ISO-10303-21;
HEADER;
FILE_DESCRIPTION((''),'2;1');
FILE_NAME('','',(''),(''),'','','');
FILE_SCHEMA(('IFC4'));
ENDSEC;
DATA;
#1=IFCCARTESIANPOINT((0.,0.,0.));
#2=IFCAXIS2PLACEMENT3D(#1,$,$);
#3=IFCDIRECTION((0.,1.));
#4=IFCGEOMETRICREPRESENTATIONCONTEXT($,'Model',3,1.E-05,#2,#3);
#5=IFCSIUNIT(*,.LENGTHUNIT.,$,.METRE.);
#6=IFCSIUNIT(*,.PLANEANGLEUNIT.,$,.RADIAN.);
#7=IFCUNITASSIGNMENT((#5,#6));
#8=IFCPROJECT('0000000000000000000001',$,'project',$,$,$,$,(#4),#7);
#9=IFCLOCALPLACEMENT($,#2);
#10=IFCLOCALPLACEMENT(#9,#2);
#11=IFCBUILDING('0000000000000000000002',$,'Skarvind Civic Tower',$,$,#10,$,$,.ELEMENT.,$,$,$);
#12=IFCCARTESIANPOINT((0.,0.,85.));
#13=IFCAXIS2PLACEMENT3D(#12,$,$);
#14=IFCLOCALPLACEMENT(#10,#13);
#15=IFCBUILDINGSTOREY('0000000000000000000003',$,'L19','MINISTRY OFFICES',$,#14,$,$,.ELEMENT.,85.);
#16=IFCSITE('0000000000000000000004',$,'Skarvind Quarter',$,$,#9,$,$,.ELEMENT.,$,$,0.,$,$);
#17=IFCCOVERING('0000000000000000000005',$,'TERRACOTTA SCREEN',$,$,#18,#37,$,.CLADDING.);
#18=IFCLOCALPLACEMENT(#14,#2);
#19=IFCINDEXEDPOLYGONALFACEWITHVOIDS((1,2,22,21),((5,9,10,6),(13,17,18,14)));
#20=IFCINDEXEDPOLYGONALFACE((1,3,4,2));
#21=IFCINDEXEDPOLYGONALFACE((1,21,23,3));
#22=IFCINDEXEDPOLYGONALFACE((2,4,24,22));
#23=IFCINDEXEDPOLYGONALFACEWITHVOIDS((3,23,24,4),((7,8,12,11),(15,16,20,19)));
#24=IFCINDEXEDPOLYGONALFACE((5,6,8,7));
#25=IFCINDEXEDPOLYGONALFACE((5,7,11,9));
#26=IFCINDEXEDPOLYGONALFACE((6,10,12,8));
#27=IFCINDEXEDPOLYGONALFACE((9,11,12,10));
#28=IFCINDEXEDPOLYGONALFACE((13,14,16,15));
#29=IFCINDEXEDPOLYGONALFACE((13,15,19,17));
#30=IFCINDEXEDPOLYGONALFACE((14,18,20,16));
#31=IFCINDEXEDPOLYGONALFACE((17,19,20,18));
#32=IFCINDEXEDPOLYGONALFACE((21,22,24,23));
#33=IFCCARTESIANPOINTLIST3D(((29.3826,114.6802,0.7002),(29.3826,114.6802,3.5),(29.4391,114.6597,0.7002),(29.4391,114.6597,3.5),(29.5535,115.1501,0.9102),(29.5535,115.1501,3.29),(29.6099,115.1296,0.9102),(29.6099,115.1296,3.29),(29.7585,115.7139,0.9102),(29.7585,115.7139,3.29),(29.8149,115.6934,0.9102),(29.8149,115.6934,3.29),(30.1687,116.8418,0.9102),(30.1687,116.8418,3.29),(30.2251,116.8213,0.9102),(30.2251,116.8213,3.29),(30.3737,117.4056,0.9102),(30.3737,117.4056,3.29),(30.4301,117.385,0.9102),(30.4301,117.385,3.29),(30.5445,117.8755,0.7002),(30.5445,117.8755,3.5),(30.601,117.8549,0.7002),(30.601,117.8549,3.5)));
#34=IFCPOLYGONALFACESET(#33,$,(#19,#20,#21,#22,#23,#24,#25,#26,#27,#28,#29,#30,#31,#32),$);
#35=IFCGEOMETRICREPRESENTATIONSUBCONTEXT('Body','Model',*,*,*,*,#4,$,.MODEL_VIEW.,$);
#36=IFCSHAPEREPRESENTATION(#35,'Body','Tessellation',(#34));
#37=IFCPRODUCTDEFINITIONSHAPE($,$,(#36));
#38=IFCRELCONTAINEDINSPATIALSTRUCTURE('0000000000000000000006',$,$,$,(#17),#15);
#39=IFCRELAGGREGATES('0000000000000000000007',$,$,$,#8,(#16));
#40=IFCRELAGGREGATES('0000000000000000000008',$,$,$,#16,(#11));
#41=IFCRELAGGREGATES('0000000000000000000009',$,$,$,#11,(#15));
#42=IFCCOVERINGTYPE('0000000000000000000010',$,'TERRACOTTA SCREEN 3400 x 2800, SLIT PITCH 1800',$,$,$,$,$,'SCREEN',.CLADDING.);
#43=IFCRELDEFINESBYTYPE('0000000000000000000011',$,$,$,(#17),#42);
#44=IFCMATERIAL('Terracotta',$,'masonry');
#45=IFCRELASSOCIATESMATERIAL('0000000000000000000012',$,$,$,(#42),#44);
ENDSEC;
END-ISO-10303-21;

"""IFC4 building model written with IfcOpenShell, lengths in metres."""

from ifc_helpers import new_model, si_unit, direction, frame, origin, place, context, subcontext, project, spatial, polyline, outline, extrude, material, material_profile, profile_set, type_object, element, save


model = new_model("IFC4")

# Units and contexts
model_context = context("Model", 3, precision=1e-05, world=origin(), true_north=direction((0.0, 1.0)))
body_context = subcontext(model_context, "Body", "Model", "MODEL_VIEW")
ifc_project = project(units=[si_unit("LENGTHUNIT", "METRE"), si_unit("PLANEANGLEUNIT", "RADIAN")], contexts=[model_context])

# Site, building, storey
site_placement = place(None, origin())
site = spatial("IfcSite", under=ifc_project, at=site_placement, Name="Skarvind Quarter", CompositionType="ELEMENT", RefElevation=0.0)
building_placement = place(site_placement, origin())
building = spatial("IfcBuilding", under=site, at=building_placement, Name="Skarvind Civic Tower", CompositionType="ELEMENT")
storey_placement = place(building_placement, frame((0.0, 0.0, 85.0)))
storey = spatial("IfcBuildingStorey", under=building, at=storey_placement, Name="L19", Description="MINISTRY OFFICES", CompositionType="ELEMENT", Elevation=85.0)

# Covering
ifc_material_1 = material(Name="Terracotta", Category="masonry")
ifc_material_profile_1 = material_profile(ifc_material_1, outline(polyline([(-1.7, -1.3999), (1.7, -1.3999), (1.7, 1.3999), (-1.7, 1.3999), (-1.7, -1.3999)]), holes=[polyline([(-1.2, -1.1899), (-0.6001, -1.1899), (-0.6001, 1.1899), (-1.2, 1.1899), (-1.2, -1.1899)]), polyline([(0.6001, -1.1899), (1.2, -1.1899), (1.2, 1.1899), (0.6001, 1.1899), (0.6001, -1.1899)])]), Name="TERRACOTTA SCREEN 3400 x 2800, SLIT PITCH 1800")
ifc_profile_set_1 = profile_set([ifc_material_profile_1], Name="Terracotta")
covering_type = type_object("IfcCoveringType", Name="TERRACOTTA SCREEN 3400 x 2800, SLIT PITCH 1800", ElementType="SCREEN", PredefinedType="CLADDING", material=ifc_profile_set_1)
covering_placement = place(storey_placement, frame((30.02, 116.2573, 2.1001), z_axis=(-0.939793, 0.341743, 0.0), x_axis=(-0.341743, -0.939793, 0.0)))
element("IfcCovering", 1, at=covering_placement, inside=storey, type_object=covering_type, Name="TERRACOTTA SCREEN", PredefinedType="CLADDING", context=body_context, shape_type="SweptSolid", body=[
    extrude(outline(polyline([(-1.7, -1.3999), (1.7, -1.3999), (1.7, 1.3999), (-1.7, 1.3999), (-1.7, -1.3999)]), holes=[polyline([(-1.2, -1.1899), (-0.6001, -1.1899), (-0.6001, 1.1899), (-1.2, 1.1899), (-1.2, -1.1899)]), polyline([(0.6001, -1.1899), (1.2, -1.1899), (1.2, 1.1899), (0.6001, 1.1899), (0.6001, -1.1899)])]), origin(), (0.0, 0.0, 1.0), 0.0601),
])

save(model, "model.ifc")
